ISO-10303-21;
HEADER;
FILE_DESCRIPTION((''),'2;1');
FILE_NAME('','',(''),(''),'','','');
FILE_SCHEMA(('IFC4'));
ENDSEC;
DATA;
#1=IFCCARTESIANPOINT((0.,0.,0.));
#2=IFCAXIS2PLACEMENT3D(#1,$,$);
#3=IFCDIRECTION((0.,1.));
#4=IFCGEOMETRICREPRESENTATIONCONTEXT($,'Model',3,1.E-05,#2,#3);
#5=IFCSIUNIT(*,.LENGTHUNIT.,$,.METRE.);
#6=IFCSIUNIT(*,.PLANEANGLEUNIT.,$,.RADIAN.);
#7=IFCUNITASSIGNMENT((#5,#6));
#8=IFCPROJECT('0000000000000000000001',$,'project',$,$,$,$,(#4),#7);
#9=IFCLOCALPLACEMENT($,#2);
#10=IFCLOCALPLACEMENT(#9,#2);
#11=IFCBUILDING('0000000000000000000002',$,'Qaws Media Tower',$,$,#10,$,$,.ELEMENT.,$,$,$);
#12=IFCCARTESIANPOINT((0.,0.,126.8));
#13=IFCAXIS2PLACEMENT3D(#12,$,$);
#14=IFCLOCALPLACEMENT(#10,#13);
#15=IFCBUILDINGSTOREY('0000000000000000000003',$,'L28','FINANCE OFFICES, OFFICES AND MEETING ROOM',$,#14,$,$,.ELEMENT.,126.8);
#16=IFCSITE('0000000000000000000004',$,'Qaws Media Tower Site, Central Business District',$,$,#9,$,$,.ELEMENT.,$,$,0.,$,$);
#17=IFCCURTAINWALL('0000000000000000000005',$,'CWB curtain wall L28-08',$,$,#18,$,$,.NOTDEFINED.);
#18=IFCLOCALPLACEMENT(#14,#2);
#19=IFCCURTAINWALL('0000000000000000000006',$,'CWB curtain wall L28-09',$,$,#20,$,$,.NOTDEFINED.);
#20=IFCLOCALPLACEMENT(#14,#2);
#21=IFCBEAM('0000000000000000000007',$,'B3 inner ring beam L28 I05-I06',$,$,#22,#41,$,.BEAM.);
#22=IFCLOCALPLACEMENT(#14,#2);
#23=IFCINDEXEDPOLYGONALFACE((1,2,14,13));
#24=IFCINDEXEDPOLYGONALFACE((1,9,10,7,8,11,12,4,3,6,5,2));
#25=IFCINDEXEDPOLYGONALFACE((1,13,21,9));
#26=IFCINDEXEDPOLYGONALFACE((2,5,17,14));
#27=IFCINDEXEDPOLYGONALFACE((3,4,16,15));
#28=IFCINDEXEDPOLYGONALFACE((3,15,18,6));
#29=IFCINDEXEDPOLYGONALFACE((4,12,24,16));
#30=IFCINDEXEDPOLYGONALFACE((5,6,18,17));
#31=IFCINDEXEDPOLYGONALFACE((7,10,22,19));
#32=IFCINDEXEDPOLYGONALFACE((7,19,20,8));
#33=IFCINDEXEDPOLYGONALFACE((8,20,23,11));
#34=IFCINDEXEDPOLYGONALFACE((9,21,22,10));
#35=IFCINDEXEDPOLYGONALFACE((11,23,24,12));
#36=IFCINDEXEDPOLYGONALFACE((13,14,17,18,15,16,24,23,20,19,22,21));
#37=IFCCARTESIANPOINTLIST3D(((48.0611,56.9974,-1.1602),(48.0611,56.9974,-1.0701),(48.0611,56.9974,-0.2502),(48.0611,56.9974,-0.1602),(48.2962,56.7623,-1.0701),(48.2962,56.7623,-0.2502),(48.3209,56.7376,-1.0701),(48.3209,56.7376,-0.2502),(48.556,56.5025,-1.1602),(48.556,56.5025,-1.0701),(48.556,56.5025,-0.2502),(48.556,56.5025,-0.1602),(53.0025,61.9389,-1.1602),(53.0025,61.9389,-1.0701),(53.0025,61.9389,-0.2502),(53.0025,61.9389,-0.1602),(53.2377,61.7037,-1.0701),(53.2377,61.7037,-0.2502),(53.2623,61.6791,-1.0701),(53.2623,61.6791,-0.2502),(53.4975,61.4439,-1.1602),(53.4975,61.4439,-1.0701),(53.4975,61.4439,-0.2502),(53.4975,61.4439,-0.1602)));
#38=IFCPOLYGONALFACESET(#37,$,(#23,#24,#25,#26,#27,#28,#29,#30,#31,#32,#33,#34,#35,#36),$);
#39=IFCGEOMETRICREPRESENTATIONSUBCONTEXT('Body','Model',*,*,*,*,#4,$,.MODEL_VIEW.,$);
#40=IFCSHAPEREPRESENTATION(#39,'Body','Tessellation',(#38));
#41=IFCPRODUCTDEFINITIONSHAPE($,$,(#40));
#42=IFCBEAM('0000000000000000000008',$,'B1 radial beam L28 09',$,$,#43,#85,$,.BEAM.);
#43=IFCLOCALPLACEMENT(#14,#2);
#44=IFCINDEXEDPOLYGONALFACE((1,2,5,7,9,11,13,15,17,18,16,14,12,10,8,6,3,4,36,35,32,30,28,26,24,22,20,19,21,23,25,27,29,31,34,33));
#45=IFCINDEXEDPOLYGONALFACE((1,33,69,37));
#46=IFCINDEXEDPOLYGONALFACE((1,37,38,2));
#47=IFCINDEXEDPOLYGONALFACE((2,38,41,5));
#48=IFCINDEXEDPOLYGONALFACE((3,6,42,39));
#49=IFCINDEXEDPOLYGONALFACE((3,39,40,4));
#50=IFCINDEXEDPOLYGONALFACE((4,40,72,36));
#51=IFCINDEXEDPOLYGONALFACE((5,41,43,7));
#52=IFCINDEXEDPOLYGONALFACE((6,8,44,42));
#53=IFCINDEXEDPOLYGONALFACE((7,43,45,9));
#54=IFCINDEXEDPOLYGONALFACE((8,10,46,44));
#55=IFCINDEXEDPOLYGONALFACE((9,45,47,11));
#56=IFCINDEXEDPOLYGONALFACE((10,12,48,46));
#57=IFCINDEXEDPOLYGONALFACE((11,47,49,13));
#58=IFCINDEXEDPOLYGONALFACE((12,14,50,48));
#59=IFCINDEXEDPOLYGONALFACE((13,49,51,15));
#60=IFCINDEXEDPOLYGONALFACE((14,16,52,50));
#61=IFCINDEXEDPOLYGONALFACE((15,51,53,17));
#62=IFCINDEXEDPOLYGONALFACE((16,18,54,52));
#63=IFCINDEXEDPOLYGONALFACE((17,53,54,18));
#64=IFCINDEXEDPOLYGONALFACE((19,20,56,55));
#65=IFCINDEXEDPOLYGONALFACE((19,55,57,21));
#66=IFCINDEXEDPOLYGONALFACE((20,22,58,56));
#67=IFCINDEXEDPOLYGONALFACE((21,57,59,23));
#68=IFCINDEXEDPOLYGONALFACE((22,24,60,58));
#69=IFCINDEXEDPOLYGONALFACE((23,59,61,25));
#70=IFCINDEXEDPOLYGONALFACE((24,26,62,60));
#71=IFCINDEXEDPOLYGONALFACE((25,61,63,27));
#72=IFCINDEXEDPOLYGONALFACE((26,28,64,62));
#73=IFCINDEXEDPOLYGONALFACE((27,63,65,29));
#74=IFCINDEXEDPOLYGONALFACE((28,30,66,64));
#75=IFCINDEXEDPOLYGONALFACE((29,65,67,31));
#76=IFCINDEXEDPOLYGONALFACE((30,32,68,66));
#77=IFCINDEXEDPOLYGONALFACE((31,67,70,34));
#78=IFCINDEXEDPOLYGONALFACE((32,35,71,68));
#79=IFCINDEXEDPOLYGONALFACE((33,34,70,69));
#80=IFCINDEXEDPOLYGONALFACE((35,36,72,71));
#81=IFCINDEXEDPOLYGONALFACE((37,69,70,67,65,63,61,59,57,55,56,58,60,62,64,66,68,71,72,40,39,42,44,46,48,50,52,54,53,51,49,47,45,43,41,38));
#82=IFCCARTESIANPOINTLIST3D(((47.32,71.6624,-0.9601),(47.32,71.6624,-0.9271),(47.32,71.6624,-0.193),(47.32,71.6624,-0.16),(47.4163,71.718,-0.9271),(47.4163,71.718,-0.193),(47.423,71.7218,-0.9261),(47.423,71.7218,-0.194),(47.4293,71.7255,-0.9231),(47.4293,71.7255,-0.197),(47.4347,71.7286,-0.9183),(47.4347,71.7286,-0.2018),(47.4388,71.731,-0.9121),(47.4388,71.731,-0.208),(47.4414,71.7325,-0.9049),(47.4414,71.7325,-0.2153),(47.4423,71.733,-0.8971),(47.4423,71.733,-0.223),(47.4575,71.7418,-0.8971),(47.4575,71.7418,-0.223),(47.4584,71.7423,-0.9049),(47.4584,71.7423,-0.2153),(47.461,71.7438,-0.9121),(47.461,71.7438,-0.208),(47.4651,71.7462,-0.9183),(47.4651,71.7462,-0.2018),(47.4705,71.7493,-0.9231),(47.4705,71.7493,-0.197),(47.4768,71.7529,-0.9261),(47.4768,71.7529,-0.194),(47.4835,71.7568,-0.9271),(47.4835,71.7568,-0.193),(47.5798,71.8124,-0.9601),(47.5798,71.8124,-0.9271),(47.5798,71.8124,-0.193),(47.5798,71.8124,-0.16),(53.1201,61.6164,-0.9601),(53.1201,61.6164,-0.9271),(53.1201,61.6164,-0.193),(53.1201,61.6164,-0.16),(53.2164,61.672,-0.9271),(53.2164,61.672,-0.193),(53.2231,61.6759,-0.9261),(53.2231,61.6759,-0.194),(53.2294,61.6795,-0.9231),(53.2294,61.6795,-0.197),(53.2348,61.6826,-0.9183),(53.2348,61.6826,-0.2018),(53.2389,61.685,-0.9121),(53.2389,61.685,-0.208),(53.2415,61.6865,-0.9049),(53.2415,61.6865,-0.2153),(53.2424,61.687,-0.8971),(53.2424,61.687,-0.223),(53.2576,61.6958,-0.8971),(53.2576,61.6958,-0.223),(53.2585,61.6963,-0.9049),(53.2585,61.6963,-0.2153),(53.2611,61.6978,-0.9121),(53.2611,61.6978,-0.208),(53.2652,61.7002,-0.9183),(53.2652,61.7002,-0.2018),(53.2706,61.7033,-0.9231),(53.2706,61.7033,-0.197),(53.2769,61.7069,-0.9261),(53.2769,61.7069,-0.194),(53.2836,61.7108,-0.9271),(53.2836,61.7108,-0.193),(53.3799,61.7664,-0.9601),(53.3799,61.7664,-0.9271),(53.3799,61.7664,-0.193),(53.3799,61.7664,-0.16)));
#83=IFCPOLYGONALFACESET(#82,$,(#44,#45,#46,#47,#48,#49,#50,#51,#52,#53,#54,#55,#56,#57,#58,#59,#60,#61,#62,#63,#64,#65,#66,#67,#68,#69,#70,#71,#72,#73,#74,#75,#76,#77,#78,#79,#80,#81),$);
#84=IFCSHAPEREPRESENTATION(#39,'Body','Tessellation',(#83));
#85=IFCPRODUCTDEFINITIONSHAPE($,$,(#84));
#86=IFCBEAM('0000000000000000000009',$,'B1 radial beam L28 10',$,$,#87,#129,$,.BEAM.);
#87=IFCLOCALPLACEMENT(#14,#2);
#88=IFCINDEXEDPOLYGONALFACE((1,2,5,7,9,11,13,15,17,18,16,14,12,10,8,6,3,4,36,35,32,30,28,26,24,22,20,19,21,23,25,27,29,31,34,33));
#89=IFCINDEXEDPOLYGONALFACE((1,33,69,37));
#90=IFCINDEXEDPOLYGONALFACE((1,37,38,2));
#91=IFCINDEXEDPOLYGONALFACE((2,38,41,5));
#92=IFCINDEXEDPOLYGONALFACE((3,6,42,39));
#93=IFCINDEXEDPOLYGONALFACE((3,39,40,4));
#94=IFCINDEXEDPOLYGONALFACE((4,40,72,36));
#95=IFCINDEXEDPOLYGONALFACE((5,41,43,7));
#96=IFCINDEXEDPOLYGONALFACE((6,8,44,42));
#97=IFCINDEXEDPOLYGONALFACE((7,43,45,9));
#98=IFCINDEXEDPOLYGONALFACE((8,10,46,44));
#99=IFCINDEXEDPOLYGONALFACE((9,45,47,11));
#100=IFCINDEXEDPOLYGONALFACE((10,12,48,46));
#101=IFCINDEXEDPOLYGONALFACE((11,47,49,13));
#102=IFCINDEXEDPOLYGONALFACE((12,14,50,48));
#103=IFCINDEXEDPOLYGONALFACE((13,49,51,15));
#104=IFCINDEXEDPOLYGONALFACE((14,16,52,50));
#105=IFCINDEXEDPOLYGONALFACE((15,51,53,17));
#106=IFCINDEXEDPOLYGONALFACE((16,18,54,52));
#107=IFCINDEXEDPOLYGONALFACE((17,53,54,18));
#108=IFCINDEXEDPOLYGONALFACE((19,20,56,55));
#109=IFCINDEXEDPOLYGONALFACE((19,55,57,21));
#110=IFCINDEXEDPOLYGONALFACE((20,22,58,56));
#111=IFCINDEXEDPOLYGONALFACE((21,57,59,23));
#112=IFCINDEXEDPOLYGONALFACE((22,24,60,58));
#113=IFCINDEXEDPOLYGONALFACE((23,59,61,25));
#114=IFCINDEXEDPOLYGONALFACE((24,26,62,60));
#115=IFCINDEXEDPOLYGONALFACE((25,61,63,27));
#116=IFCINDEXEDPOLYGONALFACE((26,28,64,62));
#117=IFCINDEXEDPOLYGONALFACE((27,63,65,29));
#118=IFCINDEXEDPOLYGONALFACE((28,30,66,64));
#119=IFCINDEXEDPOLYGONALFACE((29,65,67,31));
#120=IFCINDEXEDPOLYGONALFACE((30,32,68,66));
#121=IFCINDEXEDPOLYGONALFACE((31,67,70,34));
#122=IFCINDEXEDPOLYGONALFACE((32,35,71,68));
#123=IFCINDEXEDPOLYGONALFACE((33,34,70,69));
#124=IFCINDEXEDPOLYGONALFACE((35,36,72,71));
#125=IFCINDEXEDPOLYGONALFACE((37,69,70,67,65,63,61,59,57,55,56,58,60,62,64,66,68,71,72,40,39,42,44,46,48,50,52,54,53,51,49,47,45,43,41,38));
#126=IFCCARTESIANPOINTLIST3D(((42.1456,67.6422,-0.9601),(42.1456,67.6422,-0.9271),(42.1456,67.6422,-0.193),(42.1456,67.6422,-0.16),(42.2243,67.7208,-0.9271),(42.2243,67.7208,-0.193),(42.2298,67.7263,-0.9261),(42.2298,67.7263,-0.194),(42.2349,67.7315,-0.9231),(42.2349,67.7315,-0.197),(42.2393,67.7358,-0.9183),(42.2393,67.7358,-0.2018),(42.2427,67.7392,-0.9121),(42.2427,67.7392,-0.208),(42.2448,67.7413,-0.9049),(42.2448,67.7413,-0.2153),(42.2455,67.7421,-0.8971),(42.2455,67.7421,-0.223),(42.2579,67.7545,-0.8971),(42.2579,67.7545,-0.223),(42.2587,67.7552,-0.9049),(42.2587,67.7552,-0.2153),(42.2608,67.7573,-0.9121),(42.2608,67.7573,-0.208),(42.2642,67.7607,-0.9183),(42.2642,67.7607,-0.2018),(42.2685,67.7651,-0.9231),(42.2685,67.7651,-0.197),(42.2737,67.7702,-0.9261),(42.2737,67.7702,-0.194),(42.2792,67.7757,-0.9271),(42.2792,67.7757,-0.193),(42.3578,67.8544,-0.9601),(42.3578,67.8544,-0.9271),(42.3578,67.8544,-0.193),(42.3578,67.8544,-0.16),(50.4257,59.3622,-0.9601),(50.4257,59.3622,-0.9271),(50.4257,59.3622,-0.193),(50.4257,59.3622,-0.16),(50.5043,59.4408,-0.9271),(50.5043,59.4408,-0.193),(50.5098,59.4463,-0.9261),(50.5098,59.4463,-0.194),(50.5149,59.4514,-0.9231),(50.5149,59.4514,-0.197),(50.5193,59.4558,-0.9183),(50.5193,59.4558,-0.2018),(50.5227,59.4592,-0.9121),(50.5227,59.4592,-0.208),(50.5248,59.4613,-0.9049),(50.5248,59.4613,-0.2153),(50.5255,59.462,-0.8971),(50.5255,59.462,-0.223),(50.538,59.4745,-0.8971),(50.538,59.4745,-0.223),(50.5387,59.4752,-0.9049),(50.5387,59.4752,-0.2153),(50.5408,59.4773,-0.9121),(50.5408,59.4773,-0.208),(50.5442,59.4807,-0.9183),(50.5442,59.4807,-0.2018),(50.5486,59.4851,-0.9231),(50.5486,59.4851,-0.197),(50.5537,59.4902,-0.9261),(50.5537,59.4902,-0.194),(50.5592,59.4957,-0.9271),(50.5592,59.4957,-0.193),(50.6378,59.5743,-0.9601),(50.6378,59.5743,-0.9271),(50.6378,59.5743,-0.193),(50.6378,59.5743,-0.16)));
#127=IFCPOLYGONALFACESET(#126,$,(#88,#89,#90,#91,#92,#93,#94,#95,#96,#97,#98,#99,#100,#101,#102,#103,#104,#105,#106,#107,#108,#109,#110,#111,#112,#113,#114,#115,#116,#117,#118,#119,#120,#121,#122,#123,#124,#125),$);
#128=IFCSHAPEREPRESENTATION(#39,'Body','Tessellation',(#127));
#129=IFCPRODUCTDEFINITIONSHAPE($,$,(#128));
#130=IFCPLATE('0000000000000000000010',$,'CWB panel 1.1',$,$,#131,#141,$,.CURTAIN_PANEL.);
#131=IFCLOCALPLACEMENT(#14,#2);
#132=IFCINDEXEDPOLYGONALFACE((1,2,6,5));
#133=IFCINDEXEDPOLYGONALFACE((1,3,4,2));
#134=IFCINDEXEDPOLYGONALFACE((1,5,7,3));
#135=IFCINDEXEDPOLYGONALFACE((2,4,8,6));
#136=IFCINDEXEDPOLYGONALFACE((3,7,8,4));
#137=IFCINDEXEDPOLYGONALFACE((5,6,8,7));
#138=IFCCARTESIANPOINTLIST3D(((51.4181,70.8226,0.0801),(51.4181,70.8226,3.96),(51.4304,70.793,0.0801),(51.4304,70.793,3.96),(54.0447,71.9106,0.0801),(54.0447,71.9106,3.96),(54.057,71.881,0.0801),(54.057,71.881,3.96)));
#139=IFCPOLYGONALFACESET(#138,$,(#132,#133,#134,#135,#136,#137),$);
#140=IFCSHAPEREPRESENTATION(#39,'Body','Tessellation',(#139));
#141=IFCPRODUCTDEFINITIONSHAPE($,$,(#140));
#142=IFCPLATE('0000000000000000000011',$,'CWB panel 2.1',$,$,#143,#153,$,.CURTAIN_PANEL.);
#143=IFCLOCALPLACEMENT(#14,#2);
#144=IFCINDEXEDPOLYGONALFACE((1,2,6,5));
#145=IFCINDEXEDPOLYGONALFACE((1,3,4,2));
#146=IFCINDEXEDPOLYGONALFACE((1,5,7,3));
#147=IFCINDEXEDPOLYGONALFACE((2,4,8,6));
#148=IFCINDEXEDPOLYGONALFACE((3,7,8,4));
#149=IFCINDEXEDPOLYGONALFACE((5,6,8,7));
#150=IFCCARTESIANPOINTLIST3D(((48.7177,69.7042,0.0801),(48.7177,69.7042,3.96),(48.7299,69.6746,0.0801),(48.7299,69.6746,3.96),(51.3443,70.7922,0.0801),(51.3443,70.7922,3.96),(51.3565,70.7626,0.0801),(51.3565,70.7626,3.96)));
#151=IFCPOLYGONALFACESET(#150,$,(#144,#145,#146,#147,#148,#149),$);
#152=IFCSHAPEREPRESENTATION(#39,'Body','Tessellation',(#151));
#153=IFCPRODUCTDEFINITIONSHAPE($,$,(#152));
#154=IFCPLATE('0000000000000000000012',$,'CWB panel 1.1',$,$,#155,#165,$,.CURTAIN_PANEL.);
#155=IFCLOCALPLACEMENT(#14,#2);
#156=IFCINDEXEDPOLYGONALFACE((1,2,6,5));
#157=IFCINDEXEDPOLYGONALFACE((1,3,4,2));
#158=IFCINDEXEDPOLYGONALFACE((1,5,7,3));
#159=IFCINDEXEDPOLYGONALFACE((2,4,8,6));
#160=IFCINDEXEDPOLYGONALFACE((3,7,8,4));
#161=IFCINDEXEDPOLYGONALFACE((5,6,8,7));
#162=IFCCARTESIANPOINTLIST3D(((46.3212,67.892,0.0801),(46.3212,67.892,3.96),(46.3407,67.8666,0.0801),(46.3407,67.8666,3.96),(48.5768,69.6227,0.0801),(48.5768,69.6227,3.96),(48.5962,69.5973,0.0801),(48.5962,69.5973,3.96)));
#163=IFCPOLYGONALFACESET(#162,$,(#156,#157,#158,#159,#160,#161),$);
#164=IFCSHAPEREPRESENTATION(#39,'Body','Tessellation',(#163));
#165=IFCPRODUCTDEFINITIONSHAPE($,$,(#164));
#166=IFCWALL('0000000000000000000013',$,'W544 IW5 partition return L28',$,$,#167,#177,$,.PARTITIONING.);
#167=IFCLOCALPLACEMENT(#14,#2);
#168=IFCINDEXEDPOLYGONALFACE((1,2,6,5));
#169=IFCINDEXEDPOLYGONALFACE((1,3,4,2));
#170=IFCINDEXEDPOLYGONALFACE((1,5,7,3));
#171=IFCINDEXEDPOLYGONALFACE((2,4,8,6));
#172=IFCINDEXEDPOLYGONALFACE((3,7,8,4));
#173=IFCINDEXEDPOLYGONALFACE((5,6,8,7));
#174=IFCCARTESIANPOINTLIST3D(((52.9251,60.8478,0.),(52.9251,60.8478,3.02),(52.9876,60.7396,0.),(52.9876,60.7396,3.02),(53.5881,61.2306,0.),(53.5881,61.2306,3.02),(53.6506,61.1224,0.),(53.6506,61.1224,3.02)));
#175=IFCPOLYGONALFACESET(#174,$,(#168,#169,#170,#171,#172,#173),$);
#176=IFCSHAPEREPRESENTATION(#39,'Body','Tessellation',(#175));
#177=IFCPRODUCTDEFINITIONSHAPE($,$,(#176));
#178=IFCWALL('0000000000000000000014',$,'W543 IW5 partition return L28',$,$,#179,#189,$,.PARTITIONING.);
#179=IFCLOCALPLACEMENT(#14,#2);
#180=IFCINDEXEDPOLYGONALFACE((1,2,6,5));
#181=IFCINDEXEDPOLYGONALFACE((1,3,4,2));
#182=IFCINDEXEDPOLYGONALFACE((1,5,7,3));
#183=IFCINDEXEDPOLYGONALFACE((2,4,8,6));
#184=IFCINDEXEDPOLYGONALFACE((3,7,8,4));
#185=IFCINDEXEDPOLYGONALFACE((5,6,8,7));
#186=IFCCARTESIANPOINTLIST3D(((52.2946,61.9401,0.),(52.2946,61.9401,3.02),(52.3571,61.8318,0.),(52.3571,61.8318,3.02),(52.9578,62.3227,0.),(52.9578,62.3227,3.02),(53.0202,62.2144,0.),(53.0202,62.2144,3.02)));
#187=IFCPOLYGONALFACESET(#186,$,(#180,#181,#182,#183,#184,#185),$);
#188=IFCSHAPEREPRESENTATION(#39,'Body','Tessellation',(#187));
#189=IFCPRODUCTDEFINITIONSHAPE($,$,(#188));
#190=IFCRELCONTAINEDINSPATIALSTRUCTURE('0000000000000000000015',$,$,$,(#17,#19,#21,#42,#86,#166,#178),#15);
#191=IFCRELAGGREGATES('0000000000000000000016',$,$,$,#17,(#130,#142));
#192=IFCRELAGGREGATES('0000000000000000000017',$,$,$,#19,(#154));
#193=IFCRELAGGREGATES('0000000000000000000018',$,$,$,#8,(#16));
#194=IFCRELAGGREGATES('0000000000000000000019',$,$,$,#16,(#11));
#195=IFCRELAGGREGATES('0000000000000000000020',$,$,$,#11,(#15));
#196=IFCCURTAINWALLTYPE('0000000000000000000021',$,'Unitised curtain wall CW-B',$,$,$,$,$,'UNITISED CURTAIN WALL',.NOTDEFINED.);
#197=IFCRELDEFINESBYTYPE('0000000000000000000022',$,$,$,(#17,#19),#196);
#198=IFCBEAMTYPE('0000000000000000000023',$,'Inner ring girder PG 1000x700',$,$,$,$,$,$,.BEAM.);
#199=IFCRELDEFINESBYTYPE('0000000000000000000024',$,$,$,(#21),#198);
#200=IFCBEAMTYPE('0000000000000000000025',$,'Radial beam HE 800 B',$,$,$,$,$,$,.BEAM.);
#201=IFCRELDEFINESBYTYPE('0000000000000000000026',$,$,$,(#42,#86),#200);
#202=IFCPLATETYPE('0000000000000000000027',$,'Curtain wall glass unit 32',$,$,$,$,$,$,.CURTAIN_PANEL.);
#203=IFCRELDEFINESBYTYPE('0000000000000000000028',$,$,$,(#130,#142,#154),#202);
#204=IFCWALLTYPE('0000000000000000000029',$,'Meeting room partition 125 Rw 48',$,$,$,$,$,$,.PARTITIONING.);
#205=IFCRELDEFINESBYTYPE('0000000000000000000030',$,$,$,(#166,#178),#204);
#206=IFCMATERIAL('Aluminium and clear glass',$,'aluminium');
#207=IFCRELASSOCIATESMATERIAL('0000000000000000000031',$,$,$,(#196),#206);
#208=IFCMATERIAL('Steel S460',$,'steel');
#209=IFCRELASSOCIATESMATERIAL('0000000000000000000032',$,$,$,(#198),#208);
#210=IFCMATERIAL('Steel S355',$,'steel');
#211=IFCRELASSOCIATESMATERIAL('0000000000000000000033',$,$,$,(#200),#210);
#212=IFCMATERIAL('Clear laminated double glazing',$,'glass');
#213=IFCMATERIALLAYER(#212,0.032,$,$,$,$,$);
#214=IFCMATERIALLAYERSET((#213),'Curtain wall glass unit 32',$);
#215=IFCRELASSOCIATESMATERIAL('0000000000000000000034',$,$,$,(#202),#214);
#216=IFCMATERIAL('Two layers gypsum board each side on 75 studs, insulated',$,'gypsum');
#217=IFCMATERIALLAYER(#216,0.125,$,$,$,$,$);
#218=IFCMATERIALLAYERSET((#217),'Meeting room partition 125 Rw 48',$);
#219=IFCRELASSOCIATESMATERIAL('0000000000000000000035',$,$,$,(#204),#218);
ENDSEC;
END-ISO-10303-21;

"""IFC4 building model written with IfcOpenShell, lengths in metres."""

from ifc_helpers import new_model, si_unit, direction, frame, frame_2d, origin, origin_2d, place, context, subcontext, project, spatial, rectangle, i_section, extrude, material, layer, layer_set, material_profile, profile_set, type_object, element, aggregate, save


model = new_model("IFC4")

# Units and contexts
model_context = context("Model", 3, precision=1e-05, world=origin(), true_north=direction((0.0, 1.0)))
body_context = subcontext(model_context, "Body", "Model", "MODEL_VIEW")
ifc_project = project(units=[si_unit("LENGTHUNIT", "METRE"), si_unit("PLANEANGLEUNIT", "RADIAN")], contexts=[model_context])

# Site, building, storey
site_placement = place(None, origin())
site = spatial("IfcSite", under=ifc_project, at=site_placement, Name="Qaws Media Tower Site, Central Business District", CompositionType="ELEMENT", RefElevation=0.0)
building_placement = place(site_placement, origin())
building = spatial("IfcBuilding", under=site, at=building_placement, Name="Qaws Media Tower", CompositionType="ELEMENT")
storey_placement = place(building_placement, frame((0.0, 0.0, 126.8)))
storey = spatial("IfcBuildingStorey", under=building, at=storey_placement, Name="L28", Description="FINANCE OFFICES, OFFICES AND MEETING ROOM", CompositionType="ELEMENT", Elevation=126.8)

# Curtain walls
ifc_material_1 = material(Name="Aluminium and clear glass", Category="aluminium")
curtain_wall_type = type_object("IfcCurtainWallType", Name="Unitised curtain wall CW-B", ElementType="UNITISED CURTAIN WALL", PredefinedType="NOTDEFINED", material=ifc_material_1)
curtain_wall_1_placement = place(storey_placement, origin())
curtain_wall_1 = element("IfcCurtainWall", 1, at=curtain_wall_1_placement, inside=storey, type_object=curtain_wall_type, Name="CWB curtain wall L28-08", PredefinedType="NOTDEFINED")
curtain_wall_2_placement = place(storey_placement, origin())
curtain_wall_2 = element("IfcCurtainWall", 2, at=curtain_wall_2_placement, inside=storey, type_object=curtain_wall_type, Name="CWB curtain wall L28-09", PredefinedType="NOTDEFINED")

# Beams
ifc_material_2 = material(Name="Steel S460", Category="steel")
ifc_material_profile_1 = material_profile(ifc_material_2, i_section(OverallWidth=0.7, OverallDepth=1.0, WebThickness=0.0349, FlangeThickness=0.0901, at=origin_2d()), Name="PG 1000x700")
ifc_profile_set_1 = profile_set([ifc_material_profile_1], Name="Steel S460")
beam_type_1 = type_object("IfcBeamType", Name="Inner ring girder PG 1000x700", PredefinedType="BEAM", material=ifc_profile_set_1)
beam_1_placement = place(storey_placement, frame((53.25, 61.6914, -0.6602), z_axis=(-0.707107, -0.707107, 0.0), x_axis=(0.707107, -0.707107, 0.0)))
element("IfcBeam", 3, at=beam_1_placement, inside=storey, type_object=beam_type_1, Name="B3 inner ring beam L28 I05-I06", PredefinedType="BEAM", context=body_context, shape_type="SweptSolid", body=[
    extrude(i_section(OverallWidth=0.7, OverallDepth=1.0, WebThickness=0.0349, FlangeThickness=0.0901, at=origin_2d()), origin(), (0.0, 0.0, 1.0), 6.9883),
])
ifc_material_3 = material(Name="Steel S355", Category="steel")
ifc_material_profile_2 = material_profile(ifc_material_3, i_section(OverallWidth=0.3, OverallDepth=0.8, WebThickness=0.0176, FlangeThickness=0.033, FilletRadius=0.03, at=origin_2d()), Name="HE 800 B")
ifc_profile_set_2 = profile_set([ifc_material_profile_2], Name="Steel S355")
beam_type_2 = type_object("IfcBeamType", Name="Radial beam HE 800 B", PredefinedType="BEAM", material=ifc_profile_set_2)
beam_2_placement = place(storey_placement, frame((53.25, 61.6914, -0.5601), z_axis=(-0.500003, 0.866024, 0.0), x_axis=(-0.866024, -0.500003, 0.0)))
element("IfcBeam", 4, at=beam_2_placement, inside=storey, type_object=beam_type_2, Name="B1 radial beam L28 09", PredefinedType="BEAM", context=body_context, shape_type="SweptSolid", body=[
    extrude(i_section(OverallWidth=0.3, OverallDepth=0.8, WebThickness=0.0176, FlangeThickness=0.033, FilletRadius=0.03, at=origin_2d()), origin(), (0.0, 0.0, 1.0), 11.6001),
])
beam_3_placement = place(storey_placement, frame((50.5317, 59.4683, -0.5601), z_axis=(-0.707107, 0.707107, 0.0), x_axis=(-0.707107, -0.707107, 0.0)))
element("IfcBeam", 5, at=beam_3_placement, inside=storey, type_object=beam_type_2, Name="B1 radial beam L28 10", PredefinedType="BEAM", context=body_context, shape_type="SweptSolid", body=[
    extrude(i_section(OverallWidth=0.3, OverallDepth=0.8, WebThickness=0.0176, FlangeThickness=0.033, FilletRadius=0.03, at=origin_2d()), origin(), (0.0, 0.0, 1.0), 11.7097),
])

# Plates
ifc_material_4 = material(Name="Clear laminated double glazing", Category="glass")
ifc_layer_1 = layer(ifc_material_4, 0.032)
ifc_layer_set_1 = layer_set([ifc_layer_1], Name="Curtain wall glass unit 32")
plate_type = type_object("IfcPlateType", Name="Curtain wall glass unit 32", PredefinedType="CURTAIN_PANEL", material=ifc_layer_set_1)
plate_1_placement = place(storey_placement, frame((52.7375, 71.3518, 0.0801), z_axis=(0.0, 0.0, 1.0), x_axis=(-0.92388, -0.382683, 0.0)))
plate_1 = element("IfcPlate", 6, at=plate_1_placement, type_object=plate_type, Name="CWB panel 1.1", PredefinedType="CURTAIN_PANEL", context=body_context, shape_type="SweptSolid", body=[
    extrude(rectangle(XDim=2.843, YDim=0.032, at=origin_2d()), origin(), (0.0, 0.0, 1.0), 3.8799),
])
plate_2_placement = place(storey_placement, frame((50.0371, 70.2334, 0.0801), z_axis=(0.0, 0.0, 1.0), x_axis=(-0.92388, -0.382683, 0.0)))
plate_2 = element("IfcPlate", 7, at=plate_2_placement, type_object=plate_type, Name="CWB panel 2.1", PredefinedType="CURTAIN_PANEL", context=body_context, shape_type="SweptSolid", body=[
    extrude(rectangle(XDim=2.843, YDim=0.032, at=origin_2d()), origin(), (0.0, 0.0, 1.0), 3.8799),
])
aggregate(curtain_wall_1, [plate_1, plate_2])
plate_3_placement = place(storey_placement, frame((47.4587, 68.7446, 0.0801), z_axis=(0.0, 0.0, 1.0), x_axis=(-0.793353, -0.608761, 0.0)))
plate_3 = element("IfcPlate", 8, at=plate_3_placement, type_object=plate_type, Name="CWB panel 1.1", PredefinedType="CURTAIN_PANEL", context=body_context, shape_type="SweptSolid", body=[
    extrude(rectangle(XDim=2.843, YDim=0.032, at=origin_2d()), origin(), (0.0, 0.0, 1.0), 3.8799),
])
aggregate(curtain_wall_2, [plate_3])

# Walls
ifc_material_5 = material(Name="Two layers gypsum board each side on 75 studs, insulated", Category="gypsum")
ifc_layer_2 = layer(ifc_material_5, 0.125)
ifc_layer_set_2 = layer_set([ifc_layer_2], Name="Meeting room partition 125 Rw 48")
wall_type = type_object("IfcWallType", Name="Meeting room partition 125 Rw 48", PredefinedType="PARTITIONING", material=ifc_layer_set_2)
for number, where, z_axis, x_axis, name in (
    (9, (53.6194, 61.1765, 0.0), (0.0, 0.0, 1.0), (-0.866037, -0.49998, 0.0), "W544 IW5 partition return L28"),
    (10, (52.989, 62.2686, 0.0), (0.0, 0.0, 1.0), (-0.866175, -0.499741, 0.0), "W543 IW5 partition return L28"),
):
    element("IfcWall", number, at=place(storey_placement, frame(where, z_axis=z_axis, x_axis=x_axis)), inside=storey, type_object=wall_type, Name=name, PredefinedType="PARTITIONING", context=body_context, shape_type="SweptSolid", body=[
        extrude(rectangle(XDim=0.7656, YDim=0.125, at=frame_2d((0.3828, 0.0))), origin(), (0.0, 0.0, 1.0), 3.02),
    ])

save(model, "model.ifc")
